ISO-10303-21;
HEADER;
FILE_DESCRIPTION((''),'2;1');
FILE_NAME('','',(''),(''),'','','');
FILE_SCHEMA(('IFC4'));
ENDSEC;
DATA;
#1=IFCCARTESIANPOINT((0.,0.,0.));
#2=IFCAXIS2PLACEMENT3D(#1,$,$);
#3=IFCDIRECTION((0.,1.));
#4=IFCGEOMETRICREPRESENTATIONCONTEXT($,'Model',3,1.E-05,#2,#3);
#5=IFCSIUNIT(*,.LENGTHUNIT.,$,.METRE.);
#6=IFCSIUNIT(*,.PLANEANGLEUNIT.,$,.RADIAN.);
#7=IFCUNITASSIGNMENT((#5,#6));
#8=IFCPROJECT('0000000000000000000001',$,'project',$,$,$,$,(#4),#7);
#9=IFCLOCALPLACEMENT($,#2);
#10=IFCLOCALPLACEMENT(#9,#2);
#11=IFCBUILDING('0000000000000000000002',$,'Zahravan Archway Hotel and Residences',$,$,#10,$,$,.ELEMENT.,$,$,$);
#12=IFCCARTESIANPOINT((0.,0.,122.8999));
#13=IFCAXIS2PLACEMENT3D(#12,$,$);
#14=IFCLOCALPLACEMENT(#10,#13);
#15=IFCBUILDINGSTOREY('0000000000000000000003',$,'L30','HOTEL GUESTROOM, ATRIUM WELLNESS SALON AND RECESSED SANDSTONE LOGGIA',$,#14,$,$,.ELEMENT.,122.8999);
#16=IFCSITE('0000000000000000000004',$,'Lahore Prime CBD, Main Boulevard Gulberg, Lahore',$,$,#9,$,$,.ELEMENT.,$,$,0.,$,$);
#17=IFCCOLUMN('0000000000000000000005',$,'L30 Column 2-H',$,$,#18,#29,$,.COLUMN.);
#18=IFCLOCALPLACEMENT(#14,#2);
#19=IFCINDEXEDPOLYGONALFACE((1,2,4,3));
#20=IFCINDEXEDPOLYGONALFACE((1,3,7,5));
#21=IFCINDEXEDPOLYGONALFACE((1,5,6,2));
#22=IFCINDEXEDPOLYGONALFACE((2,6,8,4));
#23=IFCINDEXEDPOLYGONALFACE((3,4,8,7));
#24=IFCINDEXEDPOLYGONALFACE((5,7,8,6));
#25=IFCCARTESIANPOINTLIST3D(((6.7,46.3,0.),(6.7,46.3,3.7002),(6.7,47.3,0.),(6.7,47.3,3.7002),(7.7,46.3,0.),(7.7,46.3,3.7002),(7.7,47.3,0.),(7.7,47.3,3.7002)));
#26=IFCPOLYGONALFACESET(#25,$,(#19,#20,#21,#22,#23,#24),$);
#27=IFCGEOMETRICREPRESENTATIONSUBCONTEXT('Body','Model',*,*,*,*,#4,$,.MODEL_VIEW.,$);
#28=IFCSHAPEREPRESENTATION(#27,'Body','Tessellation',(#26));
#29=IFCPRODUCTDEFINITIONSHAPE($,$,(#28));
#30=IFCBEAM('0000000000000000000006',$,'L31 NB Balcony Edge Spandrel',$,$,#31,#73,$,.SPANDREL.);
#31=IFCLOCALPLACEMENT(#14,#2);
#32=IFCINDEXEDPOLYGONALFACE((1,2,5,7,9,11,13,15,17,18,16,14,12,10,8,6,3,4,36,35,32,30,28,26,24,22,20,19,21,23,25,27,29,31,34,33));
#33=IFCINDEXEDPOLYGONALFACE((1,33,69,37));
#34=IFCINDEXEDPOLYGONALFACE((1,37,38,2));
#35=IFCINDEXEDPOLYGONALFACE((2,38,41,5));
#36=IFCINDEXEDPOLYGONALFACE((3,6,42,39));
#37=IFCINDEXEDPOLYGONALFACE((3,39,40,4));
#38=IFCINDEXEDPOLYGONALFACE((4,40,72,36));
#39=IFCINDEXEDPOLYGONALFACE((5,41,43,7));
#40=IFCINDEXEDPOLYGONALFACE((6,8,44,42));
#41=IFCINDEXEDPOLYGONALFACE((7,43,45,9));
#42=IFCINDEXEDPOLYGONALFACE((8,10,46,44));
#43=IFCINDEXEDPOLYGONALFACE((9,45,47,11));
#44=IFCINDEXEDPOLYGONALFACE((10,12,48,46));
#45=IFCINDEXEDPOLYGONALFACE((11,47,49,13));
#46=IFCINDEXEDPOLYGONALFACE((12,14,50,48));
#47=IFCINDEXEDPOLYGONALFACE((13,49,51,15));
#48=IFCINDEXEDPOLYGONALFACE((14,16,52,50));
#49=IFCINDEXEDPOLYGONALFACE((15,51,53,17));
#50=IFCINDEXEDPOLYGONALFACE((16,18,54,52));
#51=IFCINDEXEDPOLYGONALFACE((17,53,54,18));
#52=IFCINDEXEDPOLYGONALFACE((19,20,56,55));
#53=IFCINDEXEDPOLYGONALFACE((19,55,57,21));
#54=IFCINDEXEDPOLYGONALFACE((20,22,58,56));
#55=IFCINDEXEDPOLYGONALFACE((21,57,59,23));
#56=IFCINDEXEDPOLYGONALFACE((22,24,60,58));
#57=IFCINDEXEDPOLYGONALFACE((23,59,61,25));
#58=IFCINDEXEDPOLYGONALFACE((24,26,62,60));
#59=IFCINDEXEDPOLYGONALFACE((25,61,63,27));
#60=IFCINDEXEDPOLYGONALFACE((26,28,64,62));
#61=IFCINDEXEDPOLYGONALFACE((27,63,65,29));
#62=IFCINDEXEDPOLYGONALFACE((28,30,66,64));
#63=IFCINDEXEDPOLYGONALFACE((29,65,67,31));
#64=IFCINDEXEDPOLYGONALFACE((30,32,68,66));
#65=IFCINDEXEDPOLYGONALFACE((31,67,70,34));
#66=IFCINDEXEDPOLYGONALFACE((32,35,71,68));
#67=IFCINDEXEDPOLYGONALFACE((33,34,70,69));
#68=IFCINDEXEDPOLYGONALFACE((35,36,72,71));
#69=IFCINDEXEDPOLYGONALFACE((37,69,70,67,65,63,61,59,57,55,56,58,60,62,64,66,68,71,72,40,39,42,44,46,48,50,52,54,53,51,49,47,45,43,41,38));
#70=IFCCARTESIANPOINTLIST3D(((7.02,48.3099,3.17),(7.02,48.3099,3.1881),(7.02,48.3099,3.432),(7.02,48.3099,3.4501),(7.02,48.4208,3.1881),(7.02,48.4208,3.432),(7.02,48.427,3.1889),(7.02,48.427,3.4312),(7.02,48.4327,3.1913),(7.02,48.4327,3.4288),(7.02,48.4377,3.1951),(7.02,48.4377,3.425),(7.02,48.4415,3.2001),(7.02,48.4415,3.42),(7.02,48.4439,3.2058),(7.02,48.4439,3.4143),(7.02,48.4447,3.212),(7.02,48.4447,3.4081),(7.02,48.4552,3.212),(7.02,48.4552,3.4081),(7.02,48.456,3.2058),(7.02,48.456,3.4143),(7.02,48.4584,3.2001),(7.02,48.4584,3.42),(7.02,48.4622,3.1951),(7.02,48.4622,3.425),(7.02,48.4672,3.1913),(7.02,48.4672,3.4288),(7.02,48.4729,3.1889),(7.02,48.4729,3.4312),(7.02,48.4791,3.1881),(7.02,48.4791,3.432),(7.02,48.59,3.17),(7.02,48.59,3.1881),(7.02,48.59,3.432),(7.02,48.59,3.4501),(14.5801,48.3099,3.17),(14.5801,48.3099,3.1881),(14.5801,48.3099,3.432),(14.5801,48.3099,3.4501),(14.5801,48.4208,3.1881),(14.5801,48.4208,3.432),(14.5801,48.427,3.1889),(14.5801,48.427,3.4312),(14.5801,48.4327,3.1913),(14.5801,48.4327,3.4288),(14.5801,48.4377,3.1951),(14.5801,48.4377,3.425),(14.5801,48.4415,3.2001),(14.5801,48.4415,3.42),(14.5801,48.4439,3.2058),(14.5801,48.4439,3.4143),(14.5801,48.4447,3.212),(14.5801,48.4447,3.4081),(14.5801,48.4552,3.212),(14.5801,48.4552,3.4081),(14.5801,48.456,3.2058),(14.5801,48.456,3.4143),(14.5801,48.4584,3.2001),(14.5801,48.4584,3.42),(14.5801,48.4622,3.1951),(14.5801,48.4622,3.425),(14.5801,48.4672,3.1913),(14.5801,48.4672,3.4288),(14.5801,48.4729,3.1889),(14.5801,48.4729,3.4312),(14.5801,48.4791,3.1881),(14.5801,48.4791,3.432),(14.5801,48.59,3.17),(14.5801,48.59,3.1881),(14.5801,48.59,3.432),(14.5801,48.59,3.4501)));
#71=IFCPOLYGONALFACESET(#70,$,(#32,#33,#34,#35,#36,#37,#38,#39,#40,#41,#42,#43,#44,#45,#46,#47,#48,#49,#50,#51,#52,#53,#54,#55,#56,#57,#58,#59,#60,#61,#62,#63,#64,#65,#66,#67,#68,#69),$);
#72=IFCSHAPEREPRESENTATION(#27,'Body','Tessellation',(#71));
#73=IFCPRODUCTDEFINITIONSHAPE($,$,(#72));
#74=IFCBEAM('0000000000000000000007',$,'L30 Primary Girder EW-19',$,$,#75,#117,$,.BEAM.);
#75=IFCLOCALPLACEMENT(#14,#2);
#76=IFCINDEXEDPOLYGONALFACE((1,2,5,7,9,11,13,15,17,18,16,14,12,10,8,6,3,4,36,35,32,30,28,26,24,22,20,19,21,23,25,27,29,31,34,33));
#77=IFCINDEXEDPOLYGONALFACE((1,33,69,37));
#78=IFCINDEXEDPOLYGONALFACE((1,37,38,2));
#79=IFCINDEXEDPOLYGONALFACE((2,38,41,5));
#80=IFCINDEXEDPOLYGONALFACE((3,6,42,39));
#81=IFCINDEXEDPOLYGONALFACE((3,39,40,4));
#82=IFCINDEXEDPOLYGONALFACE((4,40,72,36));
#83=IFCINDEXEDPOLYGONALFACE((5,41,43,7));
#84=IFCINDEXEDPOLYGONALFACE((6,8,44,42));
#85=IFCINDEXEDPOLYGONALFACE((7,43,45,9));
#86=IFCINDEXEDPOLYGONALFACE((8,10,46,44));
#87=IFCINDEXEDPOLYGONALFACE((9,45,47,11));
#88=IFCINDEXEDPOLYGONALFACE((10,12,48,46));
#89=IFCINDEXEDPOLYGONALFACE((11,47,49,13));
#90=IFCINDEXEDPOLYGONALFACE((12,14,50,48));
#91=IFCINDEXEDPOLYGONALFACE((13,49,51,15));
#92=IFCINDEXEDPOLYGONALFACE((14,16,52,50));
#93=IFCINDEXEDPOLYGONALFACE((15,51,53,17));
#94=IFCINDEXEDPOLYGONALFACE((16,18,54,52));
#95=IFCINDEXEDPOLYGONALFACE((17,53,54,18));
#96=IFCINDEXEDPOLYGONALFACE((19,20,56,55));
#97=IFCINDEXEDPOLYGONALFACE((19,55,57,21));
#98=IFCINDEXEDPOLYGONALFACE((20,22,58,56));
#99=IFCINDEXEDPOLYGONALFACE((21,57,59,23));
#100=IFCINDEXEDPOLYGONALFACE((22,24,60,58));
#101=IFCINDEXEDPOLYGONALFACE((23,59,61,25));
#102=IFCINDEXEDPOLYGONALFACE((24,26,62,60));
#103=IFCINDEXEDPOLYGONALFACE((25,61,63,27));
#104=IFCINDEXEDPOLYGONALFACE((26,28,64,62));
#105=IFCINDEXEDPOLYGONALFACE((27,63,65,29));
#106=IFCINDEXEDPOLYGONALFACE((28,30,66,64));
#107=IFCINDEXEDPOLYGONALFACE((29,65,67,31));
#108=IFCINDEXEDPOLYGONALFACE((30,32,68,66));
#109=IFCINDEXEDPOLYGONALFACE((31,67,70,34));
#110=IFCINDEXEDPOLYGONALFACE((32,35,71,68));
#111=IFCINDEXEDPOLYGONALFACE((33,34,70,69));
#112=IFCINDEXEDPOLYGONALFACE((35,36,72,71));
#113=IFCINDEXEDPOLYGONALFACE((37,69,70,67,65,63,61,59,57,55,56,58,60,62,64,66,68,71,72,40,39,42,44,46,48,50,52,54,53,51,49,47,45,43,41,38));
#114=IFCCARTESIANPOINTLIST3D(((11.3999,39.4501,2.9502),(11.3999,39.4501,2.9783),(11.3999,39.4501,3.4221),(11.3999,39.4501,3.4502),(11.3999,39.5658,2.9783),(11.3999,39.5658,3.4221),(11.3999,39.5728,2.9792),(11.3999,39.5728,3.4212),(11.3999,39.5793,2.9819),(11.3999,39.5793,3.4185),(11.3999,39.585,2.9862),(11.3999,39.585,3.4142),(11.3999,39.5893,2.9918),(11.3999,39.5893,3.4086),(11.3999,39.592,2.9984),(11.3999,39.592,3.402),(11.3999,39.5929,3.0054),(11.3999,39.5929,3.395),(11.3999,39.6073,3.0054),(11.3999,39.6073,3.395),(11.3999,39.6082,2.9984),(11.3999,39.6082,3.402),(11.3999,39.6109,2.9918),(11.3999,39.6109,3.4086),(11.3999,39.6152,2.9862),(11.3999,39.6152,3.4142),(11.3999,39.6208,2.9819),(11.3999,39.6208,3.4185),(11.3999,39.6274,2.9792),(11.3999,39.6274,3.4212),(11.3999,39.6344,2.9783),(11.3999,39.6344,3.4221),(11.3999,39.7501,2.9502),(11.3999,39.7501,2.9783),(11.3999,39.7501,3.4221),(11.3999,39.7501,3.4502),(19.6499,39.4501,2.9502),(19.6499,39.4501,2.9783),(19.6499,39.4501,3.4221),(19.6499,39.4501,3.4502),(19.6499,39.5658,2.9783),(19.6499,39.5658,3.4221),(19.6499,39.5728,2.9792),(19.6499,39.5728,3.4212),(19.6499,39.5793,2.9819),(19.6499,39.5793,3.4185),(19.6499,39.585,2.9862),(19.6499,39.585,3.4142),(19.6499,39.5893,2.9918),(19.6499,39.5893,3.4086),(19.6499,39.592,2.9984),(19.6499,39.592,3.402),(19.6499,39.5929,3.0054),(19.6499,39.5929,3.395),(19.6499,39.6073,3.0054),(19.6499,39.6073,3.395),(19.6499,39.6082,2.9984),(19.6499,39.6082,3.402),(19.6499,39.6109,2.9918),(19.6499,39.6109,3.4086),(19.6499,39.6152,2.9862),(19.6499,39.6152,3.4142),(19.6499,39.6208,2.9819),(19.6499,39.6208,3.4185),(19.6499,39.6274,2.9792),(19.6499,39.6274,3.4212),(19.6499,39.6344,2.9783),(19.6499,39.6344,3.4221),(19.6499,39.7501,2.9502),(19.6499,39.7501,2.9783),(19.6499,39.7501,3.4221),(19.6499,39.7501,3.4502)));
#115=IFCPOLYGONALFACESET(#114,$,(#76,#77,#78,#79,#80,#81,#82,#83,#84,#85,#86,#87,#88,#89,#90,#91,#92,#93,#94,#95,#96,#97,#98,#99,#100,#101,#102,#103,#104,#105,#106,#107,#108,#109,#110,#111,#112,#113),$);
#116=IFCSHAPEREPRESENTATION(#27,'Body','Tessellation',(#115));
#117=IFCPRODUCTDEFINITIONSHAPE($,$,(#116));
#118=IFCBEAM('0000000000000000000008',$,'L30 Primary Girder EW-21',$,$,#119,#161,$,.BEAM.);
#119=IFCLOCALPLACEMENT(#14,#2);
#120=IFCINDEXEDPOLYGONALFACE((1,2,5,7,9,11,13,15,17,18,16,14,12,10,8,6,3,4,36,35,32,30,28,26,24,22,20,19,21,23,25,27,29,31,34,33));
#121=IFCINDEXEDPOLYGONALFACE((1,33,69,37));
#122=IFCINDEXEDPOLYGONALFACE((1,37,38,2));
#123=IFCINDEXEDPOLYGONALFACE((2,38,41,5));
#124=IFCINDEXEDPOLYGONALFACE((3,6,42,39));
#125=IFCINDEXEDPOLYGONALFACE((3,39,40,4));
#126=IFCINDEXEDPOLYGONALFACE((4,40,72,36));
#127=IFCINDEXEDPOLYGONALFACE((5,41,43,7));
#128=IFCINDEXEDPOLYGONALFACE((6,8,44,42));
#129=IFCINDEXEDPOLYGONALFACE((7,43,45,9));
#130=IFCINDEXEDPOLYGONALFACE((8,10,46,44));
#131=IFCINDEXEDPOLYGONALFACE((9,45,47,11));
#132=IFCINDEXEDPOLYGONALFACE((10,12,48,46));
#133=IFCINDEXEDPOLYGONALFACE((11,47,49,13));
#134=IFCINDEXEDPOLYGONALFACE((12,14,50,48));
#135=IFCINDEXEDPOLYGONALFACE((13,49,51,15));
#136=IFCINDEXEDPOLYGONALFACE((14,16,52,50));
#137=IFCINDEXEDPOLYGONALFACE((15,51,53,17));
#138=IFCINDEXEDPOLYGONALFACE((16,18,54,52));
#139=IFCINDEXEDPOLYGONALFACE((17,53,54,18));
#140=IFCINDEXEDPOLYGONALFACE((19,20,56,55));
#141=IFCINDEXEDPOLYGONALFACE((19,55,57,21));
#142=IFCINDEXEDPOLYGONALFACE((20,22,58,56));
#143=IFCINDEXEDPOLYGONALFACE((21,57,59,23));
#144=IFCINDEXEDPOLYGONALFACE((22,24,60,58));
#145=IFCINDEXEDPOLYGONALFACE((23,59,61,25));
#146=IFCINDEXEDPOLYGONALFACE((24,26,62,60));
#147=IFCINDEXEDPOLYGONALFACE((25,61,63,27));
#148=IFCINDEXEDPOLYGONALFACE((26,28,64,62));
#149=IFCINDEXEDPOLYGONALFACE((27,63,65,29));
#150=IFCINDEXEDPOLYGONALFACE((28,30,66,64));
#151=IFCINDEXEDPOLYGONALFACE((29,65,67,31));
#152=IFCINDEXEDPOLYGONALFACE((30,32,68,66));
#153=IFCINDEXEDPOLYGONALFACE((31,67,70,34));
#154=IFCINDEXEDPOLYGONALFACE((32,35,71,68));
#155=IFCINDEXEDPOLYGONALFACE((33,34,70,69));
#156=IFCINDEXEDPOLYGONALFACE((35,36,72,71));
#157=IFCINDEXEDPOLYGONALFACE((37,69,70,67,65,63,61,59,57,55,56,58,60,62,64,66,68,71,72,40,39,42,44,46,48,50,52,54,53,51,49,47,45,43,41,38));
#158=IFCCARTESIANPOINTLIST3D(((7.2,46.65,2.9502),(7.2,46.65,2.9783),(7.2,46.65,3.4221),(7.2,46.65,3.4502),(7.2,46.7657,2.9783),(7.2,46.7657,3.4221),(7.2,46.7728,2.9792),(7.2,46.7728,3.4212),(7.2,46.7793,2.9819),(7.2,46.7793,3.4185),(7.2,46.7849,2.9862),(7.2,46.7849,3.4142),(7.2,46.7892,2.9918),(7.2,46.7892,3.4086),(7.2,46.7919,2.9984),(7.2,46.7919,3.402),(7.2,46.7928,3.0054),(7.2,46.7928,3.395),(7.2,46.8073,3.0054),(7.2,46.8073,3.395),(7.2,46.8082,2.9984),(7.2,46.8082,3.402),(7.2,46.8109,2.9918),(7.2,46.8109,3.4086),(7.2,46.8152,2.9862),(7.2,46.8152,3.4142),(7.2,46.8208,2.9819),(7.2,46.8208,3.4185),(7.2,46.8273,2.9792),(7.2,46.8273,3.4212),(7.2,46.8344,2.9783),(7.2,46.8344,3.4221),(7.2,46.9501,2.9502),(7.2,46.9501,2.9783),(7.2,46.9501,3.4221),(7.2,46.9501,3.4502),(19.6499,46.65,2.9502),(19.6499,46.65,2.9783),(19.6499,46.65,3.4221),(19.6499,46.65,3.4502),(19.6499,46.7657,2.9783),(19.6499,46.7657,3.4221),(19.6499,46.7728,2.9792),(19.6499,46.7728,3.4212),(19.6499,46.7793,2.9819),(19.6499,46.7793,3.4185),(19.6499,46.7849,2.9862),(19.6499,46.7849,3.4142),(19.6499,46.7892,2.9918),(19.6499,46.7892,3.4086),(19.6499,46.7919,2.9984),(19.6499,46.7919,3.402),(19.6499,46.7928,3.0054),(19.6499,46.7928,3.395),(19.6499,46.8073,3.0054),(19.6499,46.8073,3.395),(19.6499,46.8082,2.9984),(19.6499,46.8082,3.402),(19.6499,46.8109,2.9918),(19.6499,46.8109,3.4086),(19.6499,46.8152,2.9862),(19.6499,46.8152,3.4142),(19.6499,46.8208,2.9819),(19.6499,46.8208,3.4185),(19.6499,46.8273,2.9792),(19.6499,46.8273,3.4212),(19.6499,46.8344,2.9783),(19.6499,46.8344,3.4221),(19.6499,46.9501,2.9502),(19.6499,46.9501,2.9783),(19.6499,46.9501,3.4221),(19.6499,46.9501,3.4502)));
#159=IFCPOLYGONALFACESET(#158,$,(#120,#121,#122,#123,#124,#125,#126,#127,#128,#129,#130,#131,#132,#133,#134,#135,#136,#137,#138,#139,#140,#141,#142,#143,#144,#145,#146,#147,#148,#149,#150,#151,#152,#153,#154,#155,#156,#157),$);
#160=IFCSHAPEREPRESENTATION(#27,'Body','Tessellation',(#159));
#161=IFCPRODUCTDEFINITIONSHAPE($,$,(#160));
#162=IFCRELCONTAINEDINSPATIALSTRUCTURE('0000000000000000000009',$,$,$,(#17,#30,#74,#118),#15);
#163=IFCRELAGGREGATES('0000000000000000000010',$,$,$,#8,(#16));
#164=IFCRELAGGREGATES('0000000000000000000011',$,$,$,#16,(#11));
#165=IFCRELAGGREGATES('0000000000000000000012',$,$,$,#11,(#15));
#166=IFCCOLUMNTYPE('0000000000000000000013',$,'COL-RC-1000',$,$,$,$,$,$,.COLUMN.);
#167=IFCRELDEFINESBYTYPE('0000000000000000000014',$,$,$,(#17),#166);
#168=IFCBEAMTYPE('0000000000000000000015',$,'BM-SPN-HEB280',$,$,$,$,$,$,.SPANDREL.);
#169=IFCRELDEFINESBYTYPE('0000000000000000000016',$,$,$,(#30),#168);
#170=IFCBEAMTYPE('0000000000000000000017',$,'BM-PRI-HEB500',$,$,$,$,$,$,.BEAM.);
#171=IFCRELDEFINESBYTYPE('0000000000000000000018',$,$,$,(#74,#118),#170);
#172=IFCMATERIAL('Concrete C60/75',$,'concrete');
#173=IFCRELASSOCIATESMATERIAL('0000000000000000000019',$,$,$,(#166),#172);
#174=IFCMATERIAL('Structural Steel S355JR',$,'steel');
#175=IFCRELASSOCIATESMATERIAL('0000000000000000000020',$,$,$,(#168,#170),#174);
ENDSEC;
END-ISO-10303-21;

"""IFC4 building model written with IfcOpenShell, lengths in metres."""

from ifc_helpers import new_model, si_unit, direction, frame, origin, origin_2d, place, context, subcontext, project, spatial, rectangle, i_section, extrude, source, transform, mapped, material, material_profile, profile_set, type_object, type_shapes, element, save


model = new_model("IFC4")

# Units and contexts
model_context = context("Model", 3, precision=1e-05, world=origin(), true_north=direction((0.0, 1.0)))
body_context = subcontext(model_context, "Body", "Model", "MODEL_VIEW")
ifc_project = project(units=[si_unit("LENGTHUNIT", "METRE"), si_unit("PLANEANGLEUNIT", "RADIAN")], contexts=[model_context])

# Site, building, storey
site_placement = place(None, origin())
site = spatial("IfcSite", under=ifc_project, at=site_placement, Name="Lahore Prime CBD, Main Boulevard Gulberg, Lahore", CompositionType="ELEMENT", RefElevation=0.0)
building_placement = place(site_placement, origin())
building = spatial("IfcBuilding", under=site, at=building_placement, Name="Zahravan Archway Hotel and Residences", CompositionType="ELEMENT")
storey_placement = place(building_placement, frame((0.0, 0.0, 122.8999)))
storey = spatial("IfcBuildingStorey", under=building, at=storey_placement, Name="L30", Description="HOTEL GUESTROOM, ATRIUM WELLNESS SALON AND RECESSED SANDSTONE LOGGIA", CompositionType="ELEMENT", Elevation=122.8999)

# Column
ifc_material_1 = material(Name="Concrete C60/75", Category="concrete")
ifc_material_profile_1 = material_profile(ifc_material_1, rectangle(XDim=1.0, YDim=1.0, at=origin_2d()), Name="RC-COL-1000x1000", Category="concrete")
ifc_profile_set_1 = profile_set([ifc_material_profile_1], Name="Concrete C60/75")
column_type = type_object("IfcColumnType", Name="COL-RC-1000", PredefinedType="COLUMN", material=ifc_profile_set_1)
shared_shape_1 = source(origin(), body_context, "Body", "SweptSolid", [
    extrude(rectangle(XDim=1.0, YDim=1.0, at=origin_2d()), origin(), (0.0, 0.0, 1.0), 3.7002),
])
column_placement = place(storey_placement, frame((7.2, 46.8, 0.0), z_axis=(0.0, 0.0, 1.0), x_axis=(1.0, 0.0, 0.0)))
element("IfcColumn", 1, at=column_placement, inside=storey, type_object=column_type, Name="L30 Column 2-H", PredefinedType="COLUMN", context=body_context, shape_type="MappedRepresentation", body=[
    mapped(shared_shape_1, transform((0.0, 0.0, 0.0), scale=1.0)),
])

# Beams
ifc_material_2 = material(Name="Structural Steel S355JR", Category="steel")
ifc_material_profile_2 = material_profile(ifc_material_2, i_section(OverallWidth=0.28, OverallDepth=0.28, WebThickness=0.0105, FlangeThickness=0.0181, FilletRadius=0.0239, at=origin_2d()), Name="HEB 280", Category="steel")
ifc_profile_set_2 = profile_set([ifc_material_profile_2], Name="Structural Steel S355JR")
beam_type_1 = type_object("IfcBeamType", Name="BM-SPN-HEB280", PredefinedType="SPANDREL", material=ifc_profile_set_2)
shared_shape_2 = source(origin(), body_context, "Body", "SweptSolid", [
    extrude(i_section(OverallWidth=0.28, OverallDepth=0.28, WebThickness=0.0105, FlangeThickness=0.0181, FilletRadius=0.0239, at=origin_2d()), origin(), (0.0, 0.0, 1.0), 7.5601),
])
type_shapes(beam_type_1, [shared_shape_2])
beam_1_placement = place(storey_placement, frame((7.02, 48.45, 3.3101), z_axis=(1.0, 0.0, 0.0), x_axis=(0.0, 1.0, 0.0)))
element("IfcBeam", 2, at=beam_1_placement, inside=storey, type_object=beam_type_1, Name="L31 NB Balcony Edge Spandrel", PredefinedType="SPANDREL", context=body_context, shape_type="MappedRepresentation", body=[
    mapped(shared_shape_2, transform((0.0, 0.0, 0.0), scale=1.0)),
])
ifc_material_profile_3 = material_profile(ifc_material_2, i_section(OverallWidth=0.3, OverallDepth=0.5, WebThickness=0.0144, FlangeThickness=0.0281, FilletRadius=0.0271, at=origin_2d()), Name="HEB 500", Category="steel")
ifc_profile_set_3 = profile_set([ifc_material_profile_3], Name="Structural Steel S355JR")
beam_type_2 = type_object("IfcBeamType", Name="BM-PRI-HEB500", PredefinedType="BEAM", material=ifc_profile_set_3)
shared_shape_3 = source(origin(), body_context, "Body", "SweptSolid", [
    extrude(i_section(OverallWidth=0.3, OverallDepth=0.5, WebThickness=0.0144, FlangeThickness=0.0281, FilletRadius=0.0271, at=origin_2d()), origin(), (0.0, 0.0, 1.0), 8.25),
])
beam_2_placement = place(storey_placement, frame((11.3999, 39.6001, 3.2002), z_axis=(1.0, 0.0, 0.0), x_axis=(0.0, 1.0, 0.0)))
element("IfcBeam", 3, at=beam_2_placement, inside=storey, type_object=beam_type_2, Name="L30 Primary Girder EW-19", PredefinedType="BEAM", context=body_context, shape_type="MappedRepresentation", body=[
    mapped(shared_shape_3, transform((0.0, 0.0, 0.0), scale=1.0)),
])
shared_shape_4 = source(origin(), body_context, "Body", "SweptSolid", [
    extrude(i_section(OverallWidth=0.3, OverallDepth=0.5, WebThickness=0.0144, FlangeThickness=0.0281, FilletRadius=0.0271, at=origin_2d()), origin(), (0.0, 0.0, 1.0), 12.45),
])
beam_3_placement = place(storey_placement, frame((7.2, 46.8, 3.2002), z_axis=(1.0, 0.0, 0.0), x_axis=(0.0, 1.0, 0.0)))
element("IfcBeam", 4, at=beam_3_placement, inside=storey, type_object=beam_type_2, Name="L30 Primary Girder EW-21", PredefinedType="BEAM", context=body_context, shape_type="MappedRepresentation", body=[
    mapped(shared_shape_4, transform((0.0, 0.0, 0.0), scale=1.0)),
])

save(model, "model.ifc")
